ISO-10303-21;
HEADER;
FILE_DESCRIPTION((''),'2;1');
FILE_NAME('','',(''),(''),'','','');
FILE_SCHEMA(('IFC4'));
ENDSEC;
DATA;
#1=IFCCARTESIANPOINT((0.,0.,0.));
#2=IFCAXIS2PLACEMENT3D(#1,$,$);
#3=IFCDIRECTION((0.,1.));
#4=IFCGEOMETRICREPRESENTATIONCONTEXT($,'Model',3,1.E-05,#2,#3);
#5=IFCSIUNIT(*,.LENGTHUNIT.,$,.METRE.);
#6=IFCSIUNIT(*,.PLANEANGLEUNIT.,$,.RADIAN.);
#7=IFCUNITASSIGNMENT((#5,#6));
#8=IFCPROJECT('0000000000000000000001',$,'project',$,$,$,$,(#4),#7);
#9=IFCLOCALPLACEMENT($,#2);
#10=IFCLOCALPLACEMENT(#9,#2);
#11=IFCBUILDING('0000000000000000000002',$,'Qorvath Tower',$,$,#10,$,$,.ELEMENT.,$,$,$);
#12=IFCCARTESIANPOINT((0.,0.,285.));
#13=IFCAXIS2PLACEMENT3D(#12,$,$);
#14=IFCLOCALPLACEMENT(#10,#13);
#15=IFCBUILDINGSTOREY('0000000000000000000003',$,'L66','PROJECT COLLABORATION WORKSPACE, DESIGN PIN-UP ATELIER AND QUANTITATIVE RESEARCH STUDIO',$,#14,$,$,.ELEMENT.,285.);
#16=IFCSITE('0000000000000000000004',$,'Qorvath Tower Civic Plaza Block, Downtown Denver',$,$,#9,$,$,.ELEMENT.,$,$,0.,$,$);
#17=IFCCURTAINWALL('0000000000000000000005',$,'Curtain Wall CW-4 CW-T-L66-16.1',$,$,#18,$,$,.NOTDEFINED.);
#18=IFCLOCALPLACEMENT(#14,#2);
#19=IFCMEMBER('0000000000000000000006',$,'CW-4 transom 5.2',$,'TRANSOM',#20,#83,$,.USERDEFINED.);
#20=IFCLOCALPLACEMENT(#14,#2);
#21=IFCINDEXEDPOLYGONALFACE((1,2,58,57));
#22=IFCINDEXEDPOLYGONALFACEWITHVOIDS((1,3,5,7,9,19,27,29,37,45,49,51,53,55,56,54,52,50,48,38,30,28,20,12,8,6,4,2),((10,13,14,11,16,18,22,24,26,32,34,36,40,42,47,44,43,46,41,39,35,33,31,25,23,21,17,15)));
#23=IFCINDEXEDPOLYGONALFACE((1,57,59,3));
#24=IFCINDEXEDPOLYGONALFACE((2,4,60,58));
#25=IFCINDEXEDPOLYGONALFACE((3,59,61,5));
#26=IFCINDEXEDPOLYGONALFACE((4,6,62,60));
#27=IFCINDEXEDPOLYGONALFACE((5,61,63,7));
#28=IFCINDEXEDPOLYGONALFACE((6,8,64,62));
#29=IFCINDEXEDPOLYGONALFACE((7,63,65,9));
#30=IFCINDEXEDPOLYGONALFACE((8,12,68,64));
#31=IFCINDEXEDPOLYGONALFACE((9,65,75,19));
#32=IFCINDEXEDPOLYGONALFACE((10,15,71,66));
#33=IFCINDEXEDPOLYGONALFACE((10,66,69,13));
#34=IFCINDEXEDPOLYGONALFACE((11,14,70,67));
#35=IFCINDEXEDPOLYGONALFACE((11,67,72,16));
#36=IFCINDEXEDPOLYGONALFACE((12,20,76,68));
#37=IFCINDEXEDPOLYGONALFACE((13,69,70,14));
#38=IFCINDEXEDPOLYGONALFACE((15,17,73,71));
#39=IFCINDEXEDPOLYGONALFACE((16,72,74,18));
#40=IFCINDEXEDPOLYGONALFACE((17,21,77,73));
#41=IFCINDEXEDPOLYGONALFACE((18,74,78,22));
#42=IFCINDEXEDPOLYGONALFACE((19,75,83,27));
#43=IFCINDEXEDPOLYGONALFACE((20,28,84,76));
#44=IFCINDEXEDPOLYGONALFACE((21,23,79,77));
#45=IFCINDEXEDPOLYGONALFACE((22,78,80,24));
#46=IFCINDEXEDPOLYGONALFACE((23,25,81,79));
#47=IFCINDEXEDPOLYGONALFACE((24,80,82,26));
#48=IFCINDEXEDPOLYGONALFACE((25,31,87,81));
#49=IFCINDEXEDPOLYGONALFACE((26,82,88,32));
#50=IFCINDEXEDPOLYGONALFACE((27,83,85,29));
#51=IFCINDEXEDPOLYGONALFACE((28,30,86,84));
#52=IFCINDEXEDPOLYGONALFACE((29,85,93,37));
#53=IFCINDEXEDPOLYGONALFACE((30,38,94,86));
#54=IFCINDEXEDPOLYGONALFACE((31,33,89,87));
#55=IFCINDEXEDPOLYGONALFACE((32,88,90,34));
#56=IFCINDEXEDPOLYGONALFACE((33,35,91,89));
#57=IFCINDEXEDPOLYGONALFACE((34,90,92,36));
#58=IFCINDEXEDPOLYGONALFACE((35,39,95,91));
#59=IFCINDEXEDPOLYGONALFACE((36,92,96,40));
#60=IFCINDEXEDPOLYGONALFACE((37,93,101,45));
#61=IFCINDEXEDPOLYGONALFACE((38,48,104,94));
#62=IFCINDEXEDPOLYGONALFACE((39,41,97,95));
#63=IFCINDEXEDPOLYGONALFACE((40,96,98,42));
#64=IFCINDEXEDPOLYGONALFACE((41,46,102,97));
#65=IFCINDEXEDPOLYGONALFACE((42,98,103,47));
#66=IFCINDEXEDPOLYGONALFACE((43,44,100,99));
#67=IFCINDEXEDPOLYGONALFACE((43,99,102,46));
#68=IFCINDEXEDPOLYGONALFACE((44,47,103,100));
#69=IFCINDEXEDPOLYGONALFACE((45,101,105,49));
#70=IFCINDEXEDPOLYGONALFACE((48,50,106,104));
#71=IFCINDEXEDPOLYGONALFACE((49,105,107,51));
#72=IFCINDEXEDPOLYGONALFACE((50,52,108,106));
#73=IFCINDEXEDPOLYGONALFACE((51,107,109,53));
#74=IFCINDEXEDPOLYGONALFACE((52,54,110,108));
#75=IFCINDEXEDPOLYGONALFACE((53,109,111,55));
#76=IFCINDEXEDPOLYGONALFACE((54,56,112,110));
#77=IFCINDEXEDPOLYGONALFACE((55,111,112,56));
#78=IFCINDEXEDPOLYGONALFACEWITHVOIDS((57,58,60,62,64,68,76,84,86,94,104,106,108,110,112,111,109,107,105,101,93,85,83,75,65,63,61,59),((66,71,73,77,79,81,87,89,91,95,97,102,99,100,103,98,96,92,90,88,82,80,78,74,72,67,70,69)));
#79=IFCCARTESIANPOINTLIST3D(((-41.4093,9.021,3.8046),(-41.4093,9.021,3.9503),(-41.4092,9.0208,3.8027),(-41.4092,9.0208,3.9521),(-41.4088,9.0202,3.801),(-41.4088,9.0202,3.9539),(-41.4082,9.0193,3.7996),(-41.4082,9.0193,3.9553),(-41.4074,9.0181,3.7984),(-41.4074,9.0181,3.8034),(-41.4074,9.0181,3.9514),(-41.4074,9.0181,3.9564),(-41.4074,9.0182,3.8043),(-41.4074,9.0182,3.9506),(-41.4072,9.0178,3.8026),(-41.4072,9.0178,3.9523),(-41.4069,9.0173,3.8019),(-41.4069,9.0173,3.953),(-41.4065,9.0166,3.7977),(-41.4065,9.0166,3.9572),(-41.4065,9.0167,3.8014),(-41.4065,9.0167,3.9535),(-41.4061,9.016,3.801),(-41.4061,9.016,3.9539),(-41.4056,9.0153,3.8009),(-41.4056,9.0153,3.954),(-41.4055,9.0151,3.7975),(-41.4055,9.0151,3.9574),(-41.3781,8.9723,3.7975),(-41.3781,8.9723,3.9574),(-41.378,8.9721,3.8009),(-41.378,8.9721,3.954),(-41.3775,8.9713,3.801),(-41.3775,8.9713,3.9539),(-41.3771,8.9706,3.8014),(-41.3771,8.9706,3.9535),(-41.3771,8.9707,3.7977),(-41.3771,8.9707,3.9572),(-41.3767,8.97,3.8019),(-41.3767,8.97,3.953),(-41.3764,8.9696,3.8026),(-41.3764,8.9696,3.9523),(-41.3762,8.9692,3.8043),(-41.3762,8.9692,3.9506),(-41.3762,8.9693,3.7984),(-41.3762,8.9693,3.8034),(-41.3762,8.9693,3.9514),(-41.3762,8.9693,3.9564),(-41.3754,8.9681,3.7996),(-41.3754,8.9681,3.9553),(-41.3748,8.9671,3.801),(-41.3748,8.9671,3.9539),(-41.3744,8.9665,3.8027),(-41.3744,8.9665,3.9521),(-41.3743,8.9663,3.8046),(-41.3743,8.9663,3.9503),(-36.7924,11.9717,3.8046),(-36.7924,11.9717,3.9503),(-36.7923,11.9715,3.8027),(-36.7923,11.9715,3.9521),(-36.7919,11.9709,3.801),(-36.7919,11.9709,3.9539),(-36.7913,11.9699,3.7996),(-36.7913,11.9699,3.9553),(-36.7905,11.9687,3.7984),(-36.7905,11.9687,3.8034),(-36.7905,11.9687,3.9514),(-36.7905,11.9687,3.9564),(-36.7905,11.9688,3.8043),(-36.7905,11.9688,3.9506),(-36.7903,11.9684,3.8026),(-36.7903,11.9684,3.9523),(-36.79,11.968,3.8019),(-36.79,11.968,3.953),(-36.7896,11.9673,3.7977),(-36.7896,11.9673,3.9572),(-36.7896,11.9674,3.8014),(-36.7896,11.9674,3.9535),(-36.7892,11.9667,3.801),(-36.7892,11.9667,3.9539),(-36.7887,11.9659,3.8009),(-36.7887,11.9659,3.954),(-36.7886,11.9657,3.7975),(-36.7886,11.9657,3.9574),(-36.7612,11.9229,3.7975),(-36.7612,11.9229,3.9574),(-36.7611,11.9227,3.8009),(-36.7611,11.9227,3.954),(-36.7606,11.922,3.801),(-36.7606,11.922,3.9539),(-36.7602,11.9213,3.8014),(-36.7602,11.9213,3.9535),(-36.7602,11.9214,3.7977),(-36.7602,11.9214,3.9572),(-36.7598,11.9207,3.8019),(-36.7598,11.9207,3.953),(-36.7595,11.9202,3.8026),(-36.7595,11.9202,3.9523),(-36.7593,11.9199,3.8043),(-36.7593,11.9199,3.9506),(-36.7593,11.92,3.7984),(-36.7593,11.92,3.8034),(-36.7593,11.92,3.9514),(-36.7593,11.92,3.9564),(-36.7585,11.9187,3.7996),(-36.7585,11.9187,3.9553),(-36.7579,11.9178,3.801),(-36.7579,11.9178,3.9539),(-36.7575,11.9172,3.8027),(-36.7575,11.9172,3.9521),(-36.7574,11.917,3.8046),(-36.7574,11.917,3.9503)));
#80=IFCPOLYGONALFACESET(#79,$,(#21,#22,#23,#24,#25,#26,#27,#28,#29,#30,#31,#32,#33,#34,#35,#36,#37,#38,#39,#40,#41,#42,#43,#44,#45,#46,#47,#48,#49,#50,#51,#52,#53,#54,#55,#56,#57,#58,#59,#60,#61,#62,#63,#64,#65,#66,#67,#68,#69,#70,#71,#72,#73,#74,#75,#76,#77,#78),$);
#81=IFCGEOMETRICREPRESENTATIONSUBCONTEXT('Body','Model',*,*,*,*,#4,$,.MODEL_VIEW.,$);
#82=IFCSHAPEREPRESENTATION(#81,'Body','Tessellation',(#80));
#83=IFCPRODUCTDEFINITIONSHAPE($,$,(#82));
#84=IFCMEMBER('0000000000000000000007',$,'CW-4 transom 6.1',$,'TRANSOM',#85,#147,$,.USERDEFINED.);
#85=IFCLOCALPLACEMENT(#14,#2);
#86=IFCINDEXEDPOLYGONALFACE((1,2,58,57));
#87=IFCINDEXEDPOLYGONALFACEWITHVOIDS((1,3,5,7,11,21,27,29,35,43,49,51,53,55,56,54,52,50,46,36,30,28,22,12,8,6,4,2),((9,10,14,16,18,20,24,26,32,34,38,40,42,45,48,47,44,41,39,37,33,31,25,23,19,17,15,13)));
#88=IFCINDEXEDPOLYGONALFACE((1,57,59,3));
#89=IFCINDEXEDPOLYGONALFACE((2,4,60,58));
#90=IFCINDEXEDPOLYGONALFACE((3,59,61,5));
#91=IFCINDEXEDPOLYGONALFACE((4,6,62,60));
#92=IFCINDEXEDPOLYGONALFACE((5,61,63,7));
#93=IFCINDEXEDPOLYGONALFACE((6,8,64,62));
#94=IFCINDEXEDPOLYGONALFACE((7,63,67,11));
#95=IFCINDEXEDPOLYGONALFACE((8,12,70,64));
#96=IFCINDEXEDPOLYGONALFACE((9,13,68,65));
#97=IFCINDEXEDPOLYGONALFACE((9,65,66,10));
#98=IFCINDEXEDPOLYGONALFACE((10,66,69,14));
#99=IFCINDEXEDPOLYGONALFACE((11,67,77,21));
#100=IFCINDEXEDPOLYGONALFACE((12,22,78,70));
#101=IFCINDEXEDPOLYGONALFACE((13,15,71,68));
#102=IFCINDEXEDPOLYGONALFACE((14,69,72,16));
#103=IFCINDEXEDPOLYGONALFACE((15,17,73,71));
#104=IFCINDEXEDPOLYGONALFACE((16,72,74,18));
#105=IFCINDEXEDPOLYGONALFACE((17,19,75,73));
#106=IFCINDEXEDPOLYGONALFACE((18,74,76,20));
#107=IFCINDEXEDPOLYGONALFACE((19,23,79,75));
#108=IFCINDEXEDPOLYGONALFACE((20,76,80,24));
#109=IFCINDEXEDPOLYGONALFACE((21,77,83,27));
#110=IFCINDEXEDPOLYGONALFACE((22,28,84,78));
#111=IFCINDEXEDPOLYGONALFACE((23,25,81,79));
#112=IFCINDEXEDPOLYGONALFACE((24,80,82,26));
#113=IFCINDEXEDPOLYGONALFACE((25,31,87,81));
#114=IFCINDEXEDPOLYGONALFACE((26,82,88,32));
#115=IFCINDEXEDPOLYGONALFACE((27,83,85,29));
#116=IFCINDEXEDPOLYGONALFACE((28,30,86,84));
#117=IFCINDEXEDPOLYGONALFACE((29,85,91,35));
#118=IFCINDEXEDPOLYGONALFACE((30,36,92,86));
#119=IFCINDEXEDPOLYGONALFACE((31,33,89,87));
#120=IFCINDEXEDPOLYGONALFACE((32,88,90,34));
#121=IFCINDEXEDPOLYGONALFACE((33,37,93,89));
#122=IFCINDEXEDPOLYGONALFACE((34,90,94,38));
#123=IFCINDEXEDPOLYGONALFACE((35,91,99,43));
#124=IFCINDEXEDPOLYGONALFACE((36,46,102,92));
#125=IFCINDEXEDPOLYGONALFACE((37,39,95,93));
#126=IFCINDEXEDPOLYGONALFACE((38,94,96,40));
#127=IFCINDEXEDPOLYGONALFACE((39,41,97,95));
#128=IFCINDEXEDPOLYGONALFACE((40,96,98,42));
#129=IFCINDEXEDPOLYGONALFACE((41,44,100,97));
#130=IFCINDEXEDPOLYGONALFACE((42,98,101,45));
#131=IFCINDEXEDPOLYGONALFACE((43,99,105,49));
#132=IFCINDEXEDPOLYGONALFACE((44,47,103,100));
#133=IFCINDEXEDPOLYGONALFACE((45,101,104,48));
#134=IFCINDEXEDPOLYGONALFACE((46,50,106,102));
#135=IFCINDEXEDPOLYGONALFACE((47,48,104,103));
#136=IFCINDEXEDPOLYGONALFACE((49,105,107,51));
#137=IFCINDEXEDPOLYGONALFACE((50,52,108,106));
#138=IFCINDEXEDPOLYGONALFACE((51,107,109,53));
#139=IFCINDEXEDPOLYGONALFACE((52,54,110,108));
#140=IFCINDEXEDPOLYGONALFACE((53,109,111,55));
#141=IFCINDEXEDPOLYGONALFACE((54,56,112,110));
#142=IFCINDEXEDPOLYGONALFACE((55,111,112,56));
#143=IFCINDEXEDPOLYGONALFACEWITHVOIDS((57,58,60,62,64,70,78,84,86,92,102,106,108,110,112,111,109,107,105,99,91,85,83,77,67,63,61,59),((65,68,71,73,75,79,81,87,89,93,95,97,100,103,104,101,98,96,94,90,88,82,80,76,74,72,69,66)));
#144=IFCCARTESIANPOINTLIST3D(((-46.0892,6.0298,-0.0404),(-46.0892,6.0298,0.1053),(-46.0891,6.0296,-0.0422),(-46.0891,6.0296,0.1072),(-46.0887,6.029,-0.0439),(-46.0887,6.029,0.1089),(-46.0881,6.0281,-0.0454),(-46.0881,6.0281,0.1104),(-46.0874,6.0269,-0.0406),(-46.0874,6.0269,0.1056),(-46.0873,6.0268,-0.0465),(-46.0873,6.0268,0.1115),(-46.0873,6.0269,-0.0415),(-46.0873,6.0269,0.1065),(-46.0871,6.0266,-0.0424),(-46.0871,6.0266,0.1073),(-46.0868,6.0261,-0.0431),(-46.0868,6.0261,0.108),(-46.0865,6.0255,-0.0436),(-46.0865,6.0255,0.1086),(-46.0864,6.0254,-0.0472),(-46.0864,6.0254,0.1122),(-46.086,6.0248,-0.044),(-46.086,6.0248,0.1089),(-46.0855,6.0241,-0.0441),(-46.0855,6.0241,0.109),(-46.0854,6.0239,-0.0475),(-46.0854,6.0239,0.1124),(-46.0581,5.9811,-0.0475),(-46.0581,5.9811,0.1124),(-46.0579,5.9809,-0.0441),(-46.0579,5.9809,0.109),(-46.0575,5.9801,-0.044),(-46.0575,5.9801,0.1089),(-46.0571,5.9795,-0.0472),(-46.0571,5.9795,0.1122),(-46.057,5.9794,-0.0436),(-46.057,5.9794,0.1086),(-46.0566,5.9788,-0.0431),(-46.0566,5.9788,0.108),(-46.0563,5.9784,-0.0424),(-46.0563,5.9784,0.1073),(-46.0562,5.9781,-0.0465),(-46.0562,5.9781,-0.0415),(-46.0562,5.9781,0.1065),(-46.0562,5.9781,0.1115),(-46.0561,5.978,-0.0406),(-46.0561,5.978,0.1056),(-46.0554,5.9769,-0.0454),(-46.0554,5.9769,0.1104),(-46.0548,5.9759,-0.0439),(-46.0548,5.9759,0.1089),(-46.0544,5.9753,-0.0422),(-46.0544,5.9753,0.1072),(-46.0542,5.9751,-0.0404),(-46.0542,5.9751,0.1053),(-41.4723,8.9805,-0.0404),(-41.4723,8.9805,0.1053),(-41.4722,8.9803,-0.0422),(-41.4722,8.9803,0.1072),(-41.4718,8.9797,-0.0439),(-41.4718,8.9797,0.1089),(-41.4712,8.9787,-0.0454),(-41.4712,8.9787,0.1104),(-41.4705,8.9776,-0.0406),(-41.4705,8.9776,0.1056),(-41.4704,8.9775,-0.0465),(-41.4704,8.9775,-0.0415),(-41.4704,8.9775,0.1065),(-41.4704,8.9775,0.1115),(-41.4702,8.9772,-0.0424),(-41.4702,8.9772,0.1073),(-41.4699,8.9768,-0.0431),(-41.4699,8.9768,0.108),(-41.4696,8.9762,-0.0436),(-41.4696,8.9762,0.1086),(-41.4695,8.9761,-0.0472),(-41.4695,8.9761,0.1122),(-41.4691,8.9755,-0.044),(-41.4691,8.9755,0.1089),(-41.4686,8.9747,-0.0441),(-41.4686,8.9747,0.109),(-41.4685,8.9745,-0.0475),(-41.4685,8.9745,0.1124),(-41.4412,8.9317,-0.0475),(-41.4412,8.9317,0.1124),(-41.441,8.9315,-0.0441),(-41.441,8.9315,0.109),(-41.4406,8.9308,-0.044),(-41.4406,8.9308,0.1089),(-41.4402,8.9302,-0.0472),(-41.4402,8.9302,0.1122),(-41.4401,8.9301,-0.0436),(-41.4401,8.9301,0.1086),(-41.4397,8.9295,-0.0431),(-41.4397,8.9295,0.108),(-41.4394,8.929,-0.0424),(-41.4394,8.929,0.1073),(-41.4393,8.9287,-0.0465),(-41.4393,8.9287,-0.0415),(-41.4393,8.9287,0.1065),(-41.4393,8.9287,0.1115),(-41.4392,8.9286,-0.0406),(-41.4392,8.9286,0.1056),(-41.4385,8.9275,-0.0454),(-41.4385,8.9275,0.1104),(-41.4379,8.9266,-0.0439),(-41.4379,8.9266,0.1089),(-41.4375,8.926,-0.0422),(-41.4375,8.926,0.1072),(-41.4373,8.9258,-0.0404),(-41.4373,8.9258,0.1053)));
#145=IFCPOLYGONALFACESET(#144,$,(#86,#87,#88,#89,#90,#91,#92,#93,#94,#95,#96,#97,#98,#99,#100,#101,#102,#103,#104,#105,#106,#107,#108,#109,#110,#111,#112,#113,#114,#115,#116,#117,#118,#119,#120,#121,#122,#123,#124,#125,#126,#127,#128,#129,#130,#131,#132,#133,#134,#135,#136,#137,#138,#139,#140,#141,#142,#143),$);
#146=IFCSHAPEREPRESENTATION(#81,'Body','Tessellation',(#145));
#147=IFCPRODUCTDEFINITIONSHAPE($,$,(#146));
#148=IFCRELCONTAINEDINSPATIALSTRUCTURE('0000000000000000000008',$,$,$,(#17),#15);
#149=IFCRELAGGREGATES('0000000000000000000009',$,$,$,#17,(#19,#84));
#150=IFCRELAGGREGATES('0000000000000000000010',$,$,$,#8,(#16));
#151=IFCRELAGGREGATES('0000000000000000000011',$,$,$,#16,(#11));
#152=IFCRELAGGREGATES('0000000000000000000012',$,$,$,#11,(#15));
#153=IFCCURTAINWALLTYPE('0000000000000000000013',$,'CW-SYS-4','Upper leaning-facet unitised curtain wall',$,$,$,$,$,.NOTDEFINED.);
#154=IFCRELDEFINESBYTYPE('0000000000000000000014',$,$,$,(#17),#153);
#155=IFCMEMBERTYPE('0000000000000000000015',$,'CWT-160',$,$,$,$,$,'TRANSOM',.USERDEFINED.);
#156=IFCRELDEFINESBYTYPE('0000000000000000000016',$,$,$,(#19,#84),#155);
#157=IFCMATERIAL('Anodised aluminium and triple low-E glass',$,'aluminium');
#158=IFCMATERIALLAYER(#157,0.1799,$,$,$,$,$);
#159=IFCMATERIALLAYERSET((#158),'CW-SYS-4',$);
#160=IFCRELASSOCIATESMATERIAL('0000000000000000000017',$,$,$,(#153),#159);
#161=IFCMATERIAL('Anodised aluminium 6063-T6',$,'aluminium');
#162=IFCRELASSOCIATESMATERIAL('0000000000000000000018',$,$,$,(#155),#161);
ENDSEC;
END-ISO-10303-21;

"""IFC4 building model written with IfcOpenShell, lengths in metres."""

from ifc_helpers import new_model, si_unit, direction, frame, origin, origin_2d, place, context, subcontext, project, spatial, hollow_rectangle, extrude, material, layer, layer_set, material_profile, profile_set, type_object, element, aggregate, save


model = new_model("IFC4")

# Units and contexts
model_context = context("Model", 3, precision=1e-05, world=origin(), true_north=direction((0.0, 1.0)))
body_context = subcontext(model_context, "Body", "Model", "MODEL_VIEW")
ifc_project = project(units=[si_unit("LENGTHUNIT", "METRE"), si_unit("PLANEANGLEUNIT", "RADIAN")], contexts=[model_context])

# Site, building, storey
site_placement = place(None, origin())
site = spatial("IfcSite", under=ifc_project, at=site_placement, Name="Qorvath Tower Civic Plaza Block, Downtown Denver", CompositionType="ELEMENT", RefElevation=0.0)
building_placement = place(site_placement, origin())
building = spatial("IfcBuilding", under=site, at=building_placement, Name="Qorvath Tower", CompositionType="ELEMENT")
storey_placement = place(building_placement, frame((0.0, 0.0, 285.0)))
storey = spatial("IfcBuildingStorey", under=building, at=storey_placement, Name="L66", Description="PROJECT COLLABORATION WORKSPACE, DESIGN PIN-UP ATELIER AND QUANTITATIVE RESEARCH STUDIO", CompositionType="ELEMENT", Elevation=285.0)

# Curtain wall, members
ifc_material_1 = material(Name="Anodised aluminium and triple low-E glass", Category="aluminium")
ifc_layer_1 = layer(ifc_material_1, 0.1799)
ifc_layer_set_1 = layer_set([ifc_layer_1], Name="CW-SYS-4")
curtain_wall_type = type_object("IfcCurtainWallType", Name="CW-SYS-4", Description="Upper leaning-facet unitised curtain wall", PredefinedType="NOTDEFINED", material=ifc_layer_set_1)
curtain_wall_placement = place(storey_placement, origin())
curtain_wall = element("IfcCurtainWall", 1, at=curtain_wall_placement, inside=storey, type_object=curtain_wall_type, Name="Curtain Wall CW-4 CW-T-L66-16.1", PredefinedType="NOTDEFINED")
ifc_material_2 = material(Name="Anodised aluminium 6063-T6", Category="aluminium")
ifc_material_profile_1 = material_profile(ifc_material_2, hollow_rectangle(XDim=0.0649, YDim=0.1599, WallThickness=0.0034, InnerFilletRadius=0.0034, OuterFilletRadius=0.0071, at=origin_2d()), Name="CWT 160x65")
ifc_profile_set_1 = profile_set([ifc_material_profile_1], Name="Anodised aluminium 6063-T6")
member_type_1 = type_object("IfcMemberType", Name="CWT-160", ElementType="TRANSOM", PredefinedType="USERDEFINED", material=ifc_profile_set_1)
member_1_placement = place(storey_placement, frame((-36.7749, 11.9443, 3.8774), z_axis=(-0.842616, -0.538515, 0.0), x_axis=(0.538515, -0.842616, 0.0)))
member_1 = element("IfcMember", 2, at=member_1_placement, type_object=member_type_1, Name="CW-4 transom 5.2", ObjectType="TRANSOM", PredefinedType="USERDEFINED", context=body_context, shape_type="SweptSolid", body=[
    extrude(hollow_rectangle(XDim=0.0649, YDim=0.1599, WallThickness=0.0034, InnerFilletRadius=0.0034, OuterFilletRadius=0.0071, at=origin_2d()), origin(), (0.0, 0.0, 1.0), 5.4792),
])
member_2_placement = place(storey_placement, frame((-41.4548, 8.9531, 0.0325), z_axis=(-0.842616, -0.538515, 0.0), x_axis=(0.538515, -0.842616, 0.0)))
member_2 = element("IfcMember", 3, at=member_2_placement, type_object=member_type_1, Name="CW-4 transom 6.1", ObjectType="TRANSOM", PredefinedType="USERDEFINED", context=body_context, shape_type="SweptSolid", body=[
    extrude(hollow_rectangle(XDim=0.0649, YDim=0.1599, WallThickness=0.0034, InnerFilletRadius=0.0034, OuterFilletRadius=0.0071, at=origin_2d()), origin(), (0.0, 0.0, 1.0), 5.4792),
])
aggregate(curtain_wall, [member_1, member_2])

save(model, "model.ifc")
